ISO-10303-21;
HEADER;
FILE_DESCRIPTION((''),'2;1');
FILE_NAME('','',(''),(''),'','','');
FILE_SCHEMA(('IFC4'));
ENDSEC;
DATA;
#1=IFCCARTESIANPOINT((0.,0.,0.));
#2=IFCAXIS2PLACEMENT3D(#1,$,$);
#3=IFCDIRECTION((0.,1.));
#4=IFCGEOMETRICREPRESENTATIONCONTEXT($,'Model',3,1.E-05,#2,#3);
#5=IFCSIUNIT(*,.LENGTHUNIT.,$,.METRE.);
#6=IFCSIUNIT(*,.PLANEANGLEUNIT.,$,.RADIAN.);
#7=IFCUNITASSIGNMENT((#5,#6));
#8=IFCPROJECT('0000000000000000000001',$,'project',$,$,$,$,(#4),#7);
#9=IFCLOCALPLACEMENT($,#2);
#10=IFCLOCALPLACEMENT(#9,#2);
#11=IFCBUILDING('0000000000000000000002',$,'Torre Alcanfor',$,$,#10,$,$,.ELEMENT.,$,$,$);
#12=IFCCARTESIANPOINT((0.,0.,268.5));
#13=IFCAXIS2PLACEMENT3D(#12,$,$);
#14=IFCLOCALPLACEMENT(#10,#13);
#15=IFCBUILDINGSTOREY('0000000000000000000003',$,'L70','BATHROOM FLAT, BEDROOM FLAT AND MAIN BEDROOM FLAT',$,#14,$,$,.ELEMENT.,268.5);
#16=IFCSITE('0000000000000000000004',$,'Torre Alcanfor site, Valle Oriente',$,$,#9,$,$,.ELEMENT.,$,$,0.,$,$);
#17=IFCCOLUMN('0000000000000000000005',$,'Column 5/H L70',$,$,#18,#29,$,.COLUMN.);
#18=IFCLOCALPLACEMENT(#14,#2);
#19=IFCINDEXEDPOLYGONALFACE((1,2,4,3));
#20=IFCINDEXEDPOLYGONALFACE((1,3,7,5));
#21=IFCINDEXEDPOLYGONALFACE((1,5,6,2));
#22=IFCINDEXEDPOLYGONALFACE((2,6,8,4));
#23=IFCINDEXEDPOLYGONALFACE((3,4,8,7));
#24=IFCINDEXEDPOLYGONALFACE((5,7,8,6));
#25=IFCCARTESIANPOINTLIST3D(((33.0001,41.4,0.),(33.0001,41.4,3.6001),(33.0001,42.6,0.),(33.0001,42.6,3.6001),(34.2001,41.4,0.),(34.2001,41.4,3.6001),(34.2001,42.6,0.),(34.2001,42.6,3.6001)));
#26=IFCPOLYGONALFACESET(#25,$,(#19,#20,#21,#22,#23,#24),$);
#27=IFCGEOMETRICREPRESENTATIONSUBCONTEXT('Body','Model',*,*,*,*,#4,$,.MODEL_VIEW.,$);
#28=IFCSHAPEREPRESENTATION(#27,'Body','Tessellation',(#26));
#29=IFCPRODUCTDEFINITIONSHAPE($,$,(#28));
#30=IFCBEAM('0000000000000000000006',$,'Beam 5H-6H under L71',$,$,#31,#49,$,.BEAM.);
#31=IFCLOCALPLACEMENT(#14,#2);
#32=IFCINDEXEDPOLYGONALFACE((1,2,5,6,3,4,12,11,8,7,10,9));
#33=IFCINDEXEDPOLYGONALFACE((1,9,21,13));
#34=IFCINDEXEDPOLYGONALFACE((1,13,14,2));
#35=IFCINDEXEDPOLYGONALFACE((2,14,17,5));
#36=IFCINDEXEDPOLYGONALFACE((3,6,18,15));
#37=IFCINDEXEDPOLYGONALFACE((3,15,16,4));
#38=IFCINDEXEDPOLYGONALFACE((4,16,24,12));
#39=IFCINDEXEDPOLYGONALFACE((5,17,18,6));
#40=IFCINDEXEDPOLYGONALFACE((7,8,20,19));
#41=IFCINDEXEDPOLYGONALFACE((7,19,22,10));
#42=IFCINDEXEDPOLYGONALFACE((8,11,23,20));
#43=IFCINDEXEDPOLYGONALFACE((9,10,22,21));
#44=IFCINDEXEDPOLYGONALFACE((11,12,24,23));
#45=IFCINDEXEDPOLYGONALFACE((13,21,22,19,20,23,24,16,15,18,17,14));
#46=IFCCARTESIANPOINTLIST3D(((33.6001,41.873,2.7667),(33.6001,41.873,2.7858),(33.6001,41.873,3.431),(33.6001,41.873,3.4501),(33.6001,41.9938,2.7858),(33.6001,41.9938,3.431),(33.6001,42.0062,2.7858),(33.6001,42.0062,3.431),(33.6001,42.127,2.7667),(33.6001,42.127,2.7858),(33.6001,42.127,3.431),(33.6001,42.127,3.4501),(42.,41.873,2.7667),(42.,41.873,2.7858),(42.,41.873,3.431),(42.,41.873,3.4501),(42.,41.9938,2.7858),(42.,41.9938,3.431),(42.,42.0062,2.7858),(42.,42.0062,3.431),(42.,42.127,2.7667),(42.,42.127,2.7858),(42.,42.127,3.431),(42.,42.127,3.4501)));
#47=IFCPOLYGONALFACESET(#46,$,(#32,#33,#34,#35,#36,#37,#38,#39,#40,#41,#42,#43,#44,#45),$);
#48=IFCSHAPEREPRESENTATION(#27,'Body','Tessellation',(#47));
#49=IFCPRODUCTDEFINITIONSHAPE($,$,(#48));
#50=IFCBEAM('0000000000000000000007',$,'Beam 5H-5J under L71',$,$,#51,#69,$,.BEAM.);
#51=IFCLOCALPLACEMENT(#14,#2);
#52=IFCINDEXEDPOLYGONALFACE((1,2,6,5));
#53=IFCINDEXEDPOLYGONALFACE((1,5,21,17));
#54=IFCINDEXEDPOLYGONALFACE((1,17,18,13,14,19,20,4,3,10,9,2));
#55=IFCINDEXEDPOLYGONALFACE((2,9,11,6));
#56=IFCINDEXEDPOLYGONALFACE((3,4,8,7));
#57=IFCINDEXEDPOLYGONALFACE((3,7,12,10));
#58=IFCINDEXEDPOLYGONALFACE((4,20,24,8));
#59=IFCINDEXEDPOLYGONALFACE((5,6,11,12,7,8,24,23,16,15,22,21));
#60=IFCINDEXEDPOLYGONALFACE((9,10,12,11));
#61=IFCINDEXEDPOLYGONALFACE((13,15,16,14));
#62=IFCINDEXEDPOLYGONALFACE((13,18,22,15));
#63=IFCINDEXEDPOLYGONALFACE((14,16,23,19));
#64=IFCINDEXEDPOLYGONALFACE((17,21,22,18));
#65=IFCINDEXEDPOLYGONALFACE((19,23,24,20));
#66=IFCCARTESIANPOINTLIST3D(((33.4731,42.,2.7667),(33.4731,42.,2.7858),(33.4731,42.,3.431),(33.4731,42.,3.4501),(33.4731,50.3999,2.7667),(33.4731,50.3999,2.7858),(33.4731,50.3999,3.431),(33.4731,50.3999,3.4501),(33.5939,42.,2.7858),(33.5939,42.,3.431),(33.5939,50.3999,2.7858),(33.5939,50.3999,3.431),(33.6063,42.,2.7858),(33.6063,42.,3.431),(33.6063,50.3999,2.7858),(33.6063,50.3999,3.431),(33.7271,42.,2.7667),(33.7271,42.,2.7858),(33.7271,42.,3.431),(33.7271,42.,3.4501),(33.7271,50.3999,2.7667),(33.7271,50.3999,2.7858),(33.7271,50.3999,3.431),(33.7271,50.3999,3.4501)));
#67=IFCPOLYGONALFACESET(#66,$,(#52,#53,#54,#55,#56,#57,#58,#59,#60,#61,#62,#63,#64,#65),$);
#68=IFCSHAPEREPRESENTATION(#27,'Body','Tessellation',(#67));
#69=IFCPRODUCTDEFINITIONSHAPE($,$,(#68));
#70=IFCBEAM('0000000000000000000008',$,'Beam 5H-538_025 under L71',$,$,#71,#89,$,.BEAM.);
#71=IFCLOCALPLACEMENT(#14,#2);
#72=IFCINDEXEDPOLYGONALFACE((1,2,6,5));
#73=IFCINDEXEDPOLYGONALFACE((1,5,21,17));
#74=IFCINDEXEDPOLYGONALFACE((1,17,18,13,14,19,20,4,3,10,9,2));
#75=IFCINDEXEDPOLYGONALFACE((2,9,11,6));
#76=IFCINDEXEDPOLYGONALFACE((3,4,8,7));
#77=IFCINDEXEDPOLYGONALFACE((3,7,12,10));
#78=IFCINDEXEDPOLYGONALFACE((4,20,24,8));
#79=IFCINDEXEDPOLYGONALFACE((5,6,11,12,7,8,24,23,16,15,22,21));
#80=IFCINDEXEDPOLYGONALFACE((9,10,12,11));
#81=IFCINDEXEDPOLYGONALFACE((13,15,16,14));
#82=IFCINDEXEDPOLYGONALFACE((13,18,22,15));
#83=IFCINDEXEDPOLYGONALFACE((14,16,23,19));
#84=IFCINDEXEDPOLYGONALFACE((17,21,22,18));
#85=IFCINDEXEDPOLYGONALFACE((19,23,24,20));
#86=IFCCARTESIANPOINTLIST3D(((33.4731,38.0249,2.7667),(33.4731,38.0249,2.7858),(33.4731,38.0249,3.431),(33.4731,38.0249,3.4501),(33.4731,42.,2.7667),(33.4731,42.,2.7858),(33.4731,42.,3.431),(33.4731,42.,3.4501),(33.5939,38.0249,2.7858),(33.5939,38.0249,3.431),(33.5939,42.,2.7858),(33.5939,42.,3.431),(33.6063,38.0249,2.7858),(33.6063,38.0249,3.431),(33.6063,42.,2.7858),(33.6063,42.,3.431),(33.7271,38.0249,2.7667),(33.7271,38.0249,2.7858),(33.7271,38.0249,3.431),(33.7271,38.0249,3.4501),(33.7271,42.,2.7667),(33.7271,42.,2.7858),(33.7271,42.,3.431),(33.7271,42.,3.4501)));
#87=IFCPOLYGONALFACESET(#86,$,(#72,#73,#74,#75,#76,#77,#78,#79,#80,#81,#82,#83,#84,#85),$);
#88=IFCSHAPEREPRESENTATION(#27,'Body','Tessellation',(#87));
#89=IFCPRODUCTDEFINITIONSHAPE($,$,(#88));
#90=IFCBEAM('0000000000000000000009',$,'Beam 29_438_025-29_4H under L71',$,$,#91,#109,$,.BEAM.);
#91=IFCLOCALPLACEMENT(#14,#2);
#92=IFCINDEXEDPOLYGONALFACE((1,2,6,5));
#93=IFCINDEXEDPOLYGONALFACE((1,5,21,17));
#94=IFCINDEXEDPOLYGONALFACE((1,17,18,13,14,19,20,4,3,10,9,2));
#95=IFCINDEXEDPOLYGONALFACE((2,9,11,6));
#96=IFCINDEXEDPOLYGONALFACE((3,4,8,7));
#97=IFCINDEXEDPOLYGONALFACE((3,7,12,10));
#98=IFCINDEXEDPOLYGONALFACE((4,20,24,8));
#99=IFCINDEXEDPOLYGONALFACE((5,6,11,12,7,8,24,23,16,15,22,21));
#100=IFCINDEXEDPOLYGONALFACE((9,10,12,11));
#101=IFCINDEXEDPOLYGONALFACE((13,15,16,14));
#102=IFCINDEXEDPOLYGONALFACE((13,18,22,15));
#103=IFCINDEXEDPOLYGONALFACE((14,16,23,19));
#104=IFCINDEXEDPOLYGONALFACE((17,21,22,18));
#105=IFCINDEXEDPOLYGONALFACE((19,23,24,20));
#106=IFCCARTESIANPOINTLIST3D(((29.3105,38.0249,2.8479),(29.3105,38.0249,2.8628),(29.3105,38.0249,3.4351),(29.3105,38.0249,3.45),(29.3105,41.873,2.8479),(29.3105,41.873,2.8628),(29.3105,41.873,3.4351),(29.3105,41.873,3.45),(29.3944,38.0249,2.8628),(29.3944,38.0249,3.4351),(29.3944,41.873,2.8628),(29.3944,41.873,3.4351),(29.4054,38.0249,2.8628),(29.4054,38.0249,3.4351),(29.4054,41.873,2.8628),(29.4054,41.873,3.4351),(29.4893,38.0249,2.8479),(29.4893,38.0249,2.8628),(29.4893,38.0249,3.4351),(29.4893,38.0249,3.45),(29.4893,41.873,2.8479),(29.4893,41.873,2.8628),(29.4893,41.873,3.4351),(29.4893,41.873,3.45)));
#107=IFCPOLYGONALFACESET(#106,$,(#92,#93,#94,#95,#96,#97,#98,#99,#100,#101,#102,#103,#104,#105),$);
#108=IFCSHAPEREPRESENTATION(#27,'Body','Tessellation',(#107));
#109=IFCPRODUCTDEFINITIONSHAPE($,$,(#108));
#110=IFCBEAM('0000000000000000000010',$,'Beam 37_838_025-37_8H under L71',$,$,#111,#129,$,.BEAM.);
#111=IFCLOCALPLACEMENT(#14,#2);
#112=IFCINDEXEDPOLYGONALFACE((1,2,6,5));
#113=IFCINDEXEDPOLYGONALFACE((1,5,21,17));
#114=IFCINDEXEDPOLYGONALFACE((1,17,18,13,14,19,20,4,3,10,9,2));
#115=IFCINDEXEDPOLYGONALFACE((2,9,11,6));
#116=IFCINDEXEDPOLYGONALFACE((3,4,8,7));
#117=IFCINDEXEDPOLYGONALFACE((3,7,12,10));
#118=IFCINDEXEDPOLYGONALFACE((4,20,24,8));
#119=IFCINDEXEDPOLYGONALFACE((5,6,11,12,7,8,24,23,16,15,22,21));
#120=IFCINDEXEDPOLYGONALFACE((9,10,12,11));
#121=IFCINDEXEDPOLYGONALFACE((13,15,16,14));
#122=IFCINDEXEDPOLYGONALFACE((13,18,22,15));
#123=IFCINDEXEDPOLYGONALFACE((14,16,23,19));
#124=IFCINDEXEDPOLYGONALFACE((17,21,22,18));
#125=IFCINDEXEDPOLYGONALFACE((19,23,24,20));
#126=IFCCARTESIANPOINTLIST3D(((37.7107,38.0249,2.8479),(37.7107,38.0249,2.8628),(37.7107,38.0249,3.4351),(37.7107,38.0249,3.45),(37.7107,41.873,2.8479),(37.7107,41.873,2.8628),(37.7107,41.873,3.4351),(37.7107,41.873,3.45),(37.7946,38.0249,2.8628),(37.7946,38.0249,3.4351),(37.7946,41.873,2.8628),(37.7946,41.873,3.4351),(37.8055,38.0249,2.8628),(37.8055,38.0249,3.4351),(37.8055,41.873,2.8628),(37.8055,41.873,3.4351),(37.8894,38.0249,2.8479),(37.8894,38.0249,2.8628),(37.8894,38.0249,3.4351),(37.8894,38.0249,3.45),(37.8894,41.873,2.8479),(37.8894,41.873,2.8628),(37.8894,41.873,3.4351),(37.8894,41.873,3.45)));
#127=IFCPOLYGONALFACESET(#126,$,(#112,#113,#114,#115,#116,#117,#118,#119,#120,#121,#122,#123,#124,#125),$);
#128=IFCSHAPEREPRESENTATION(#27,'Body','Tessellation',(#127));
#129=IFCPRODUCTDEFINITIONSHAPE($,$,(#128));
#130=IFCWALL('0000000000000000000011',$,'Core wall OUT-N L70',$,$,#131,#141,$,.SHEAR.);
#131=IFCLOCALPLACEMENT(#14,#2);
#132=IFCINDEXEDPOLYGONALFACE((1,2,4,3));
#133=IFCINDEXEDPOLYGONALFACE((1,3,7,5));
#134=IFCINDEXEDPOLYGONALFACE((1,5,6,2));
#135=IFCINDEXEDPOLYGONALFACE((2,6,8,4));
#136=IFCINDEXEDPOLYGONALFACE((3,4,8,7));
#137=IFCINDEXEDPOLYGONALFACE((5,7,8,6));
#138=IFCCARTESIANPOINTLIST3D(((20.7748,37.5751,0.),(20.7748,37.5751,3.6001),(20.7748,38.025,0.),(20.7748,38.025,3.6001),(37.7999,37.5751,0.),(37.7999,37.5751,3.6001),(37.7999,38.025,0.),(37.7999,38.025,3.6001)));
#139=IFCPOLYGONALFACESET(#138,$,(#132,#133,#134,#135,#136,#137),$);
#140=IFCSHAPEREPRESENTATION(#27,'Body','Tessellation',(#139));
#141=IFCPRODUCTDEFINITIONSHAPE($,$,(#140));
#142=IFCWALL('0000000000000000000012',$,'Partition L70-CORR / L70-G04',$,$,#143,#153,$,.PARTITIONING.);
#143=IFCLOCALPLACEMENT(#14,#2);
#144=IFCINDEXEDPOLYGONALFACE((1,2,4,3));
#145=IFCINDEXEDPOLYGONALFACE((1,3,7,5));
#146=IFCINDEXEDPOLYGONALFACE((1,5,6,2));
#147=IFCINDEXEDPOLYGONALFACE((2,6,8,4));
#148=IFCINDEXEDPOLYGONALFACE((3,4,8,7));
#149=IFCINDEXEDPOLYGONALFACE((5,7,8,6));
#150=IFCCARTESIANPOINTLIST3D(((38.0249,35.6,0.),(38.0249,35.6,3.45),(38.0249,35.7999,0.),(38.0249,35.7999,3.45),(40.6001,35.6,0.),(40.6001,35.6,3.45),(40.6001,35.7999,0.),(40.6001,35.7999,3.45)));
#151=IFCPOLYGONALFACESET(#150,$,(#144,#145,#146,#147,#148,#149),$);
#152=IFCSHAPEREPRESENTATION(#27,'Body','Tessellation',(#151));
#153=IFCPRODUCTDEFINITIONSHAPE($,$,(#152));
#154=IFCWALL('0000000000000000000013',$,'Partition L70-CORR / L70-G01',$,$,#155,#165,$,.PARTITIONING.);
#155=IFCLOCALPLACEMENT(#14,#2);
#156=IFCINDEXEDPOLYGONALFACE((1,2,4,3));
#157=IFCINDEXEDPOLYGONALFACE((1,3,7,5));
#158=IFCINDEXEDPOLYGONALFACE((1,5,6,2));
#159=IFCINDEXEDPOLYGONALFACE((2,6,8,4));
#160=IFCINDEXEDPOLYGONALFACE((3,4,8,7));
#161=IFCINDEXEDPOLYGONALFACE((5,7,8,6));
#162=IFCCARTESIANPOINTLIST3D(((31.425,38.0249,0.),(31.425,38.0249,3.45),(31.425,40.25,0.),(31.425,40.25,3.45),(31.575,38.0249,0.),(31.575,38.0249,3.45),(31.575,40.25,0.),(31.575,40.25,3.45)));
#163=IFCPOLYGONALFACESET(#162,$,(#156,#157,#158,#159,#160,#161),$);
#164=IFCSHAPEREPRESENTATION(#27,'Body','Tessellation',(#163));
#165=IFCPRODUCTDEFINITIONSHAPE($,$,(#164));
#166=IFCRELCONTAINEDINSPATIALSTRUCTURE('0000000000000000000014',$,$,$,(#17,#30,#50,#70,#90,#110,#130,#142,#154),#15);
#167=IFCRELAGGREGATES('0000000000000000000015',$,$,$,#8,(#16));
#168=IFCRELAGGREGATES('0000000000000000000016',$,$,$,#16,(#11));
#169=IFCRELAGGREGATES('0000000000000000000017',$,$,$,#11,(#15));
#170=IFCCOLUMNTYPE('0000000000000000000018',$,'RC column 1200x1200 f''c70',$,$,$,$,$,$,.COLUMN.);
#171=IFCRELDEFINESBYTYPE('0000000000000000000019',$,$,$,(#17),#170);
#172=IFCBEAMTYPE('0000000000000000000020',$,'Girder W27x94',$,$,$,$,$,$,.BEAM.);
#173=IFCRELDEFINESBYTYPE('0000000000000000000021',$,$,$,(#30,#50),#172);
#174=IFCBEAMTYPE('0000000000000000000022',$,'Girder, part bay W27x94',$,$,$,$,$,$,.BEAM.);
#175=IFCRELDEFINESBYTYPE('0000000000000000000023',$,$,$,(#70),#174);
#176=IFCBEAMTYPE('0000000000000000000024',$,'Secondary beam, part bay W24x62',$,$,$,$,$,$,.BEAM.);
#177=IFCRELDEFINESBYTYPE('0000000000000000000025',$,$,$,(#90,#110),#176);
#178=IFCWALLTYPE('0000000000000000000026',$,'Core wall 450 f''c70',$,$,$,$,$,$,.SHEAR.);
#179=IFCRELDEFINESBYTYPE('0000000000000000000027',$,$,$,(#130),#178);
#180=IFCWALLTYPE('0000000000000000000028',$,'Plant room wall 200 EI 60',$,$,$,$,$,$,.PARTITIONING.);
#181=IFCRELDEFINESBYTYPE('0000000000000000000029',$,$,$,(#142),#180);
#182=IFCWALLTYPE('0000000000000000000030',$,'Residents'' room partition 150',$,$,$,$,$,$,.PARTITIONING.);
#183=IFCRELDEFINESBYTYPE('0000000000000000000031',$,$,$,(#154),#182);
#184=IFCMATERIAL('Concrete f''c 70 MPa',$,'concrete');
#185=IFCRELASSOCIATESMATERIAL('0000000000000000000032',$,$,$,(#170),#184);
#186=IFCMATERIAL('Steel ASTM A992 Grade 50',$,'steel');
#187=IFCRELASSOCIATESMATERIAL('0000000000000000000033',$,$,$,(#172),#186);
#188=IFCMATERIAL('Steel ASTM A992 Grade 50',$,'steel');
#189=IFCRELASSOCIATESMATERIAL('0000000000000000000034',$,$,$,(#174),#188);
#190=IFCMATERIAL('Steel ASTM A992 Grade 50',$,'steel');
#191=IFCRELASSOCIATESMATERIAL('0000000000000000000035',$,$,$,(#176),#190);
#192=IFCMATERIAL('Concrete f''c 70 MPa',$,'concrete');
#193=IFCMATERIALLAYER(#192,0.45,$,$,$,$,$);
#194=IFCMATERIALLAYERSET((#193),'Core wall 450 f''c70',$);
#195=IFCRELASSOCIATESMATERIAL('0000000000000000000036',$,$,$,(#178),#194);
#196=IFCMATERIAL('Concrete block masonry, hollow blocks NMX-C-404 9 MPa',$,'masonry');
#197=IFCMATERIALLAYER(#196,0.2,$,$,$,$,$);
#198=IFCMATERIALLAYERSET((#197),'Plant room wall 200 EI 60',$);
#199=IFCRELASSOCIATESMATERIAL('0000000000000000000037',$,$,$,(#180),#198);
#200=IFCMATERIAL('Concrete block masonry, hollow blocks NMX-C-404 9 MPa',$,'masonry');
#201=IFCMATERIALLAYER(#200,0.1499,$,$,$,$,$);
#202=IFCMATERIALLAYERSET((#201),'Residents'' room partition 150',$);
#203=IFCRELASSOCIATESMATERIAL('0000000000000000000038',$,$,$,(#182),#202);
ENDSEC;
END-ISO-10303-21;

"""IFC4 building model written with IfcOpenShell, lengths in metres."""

from ifc_helpers import new_model, si_unit, direction, frame, frame_2d, origin, origin_2d, place, context, subcontext, project, spatial, rectangle, i_section, extrude, material, layer, layer_set, material_profile, profile_set, type_object, element, save


model = new_model("IFC4")

# Units and contexts
model_context = context("Model", 3, precision=1e-05, world=origin(), true_north=direction((0.0, 1.0)))
body_context = subcontext(model_context, "Body", "Model", "MODEL_VIEW")
ifc_project = project(units=[si_unit("LENGTHUNIT", "METRE"), si_unit("PLANEANGLEUNIT", "RADIAN")], contexts=[model_context])

# Site, building, storey
site_placement = place(None, origin())
site = spatial("IfcSite", under=ifc_project, at=site_placement, Name="Torre Alcanfor site, Valle Oriente", CompositionType="ELEMENT", RefElevation=0.0)
building_placement = place(site_placement, origin())
building = spatial("IfcBuilding", under=site, at=building_placement, Name="Torre Alcanfor", CompositionType="ELEMENT")
storey_placement = place(building_placement, frame((0.0, 0.0, 268.5)))
storey = spatial("IfcBuildingStorey", under=building, at=storey_placement, Name="L70", Description="BATHROOM FLAT, BEDROOM FLAT AND MAIN BEDROOM FLAT", CompositionType="ELEMENT", Elevation=268.5)

# Column
ifc_material_1 = material(Name="Concrete f'c 70 MPa", Category="concrete")
ifc_material_profile_1 = material_profile(ifc_material_1, rectangle(XDim=1.2, YDim=1.2, at=origin_2d()), Name="1200x1200")
ifc_profile_set_1 = profile_set([ifc_material_profile_1], Name="Concrete f'c 70 MPa")
column_type = type_object("IfcColumnType", Name="RC column 1200x1200 f'c70", PredefinedType="COLUMN", material=ifc_profile_set_1)
column_placement = place(storey_placement, frame((33.6001, 42.0, 0.0), z_axis=(0.0, 0.0, 1.0), x_axis=(1.0, 0.0, 0.0)))
element("IfcColumn", 1, at=column_placement, inside=storey, type_object=column_type, Name="Column 5/H L70", PredefinedType="COLUMN", context=body_context, shape_type="SweptSolid", body=[
    extrude(rectangle(XDim=1.2, YDim=1.2, at=origin_2d()), origin(), (0.0, 0.0, 1.0), 3.6001),
])

# Beams
ifc_material_2 = material(Name="Steel ASTM A992 Grade 50", Category="steel")
ifc_material_profile_2 = material_profile(ifc_material_2, i_section(OverallWidth=0.2539, OverallDepth=0.6833, WebThickness=0.0125, FlangeThickness=0.019, at=origin_2d()), Name="W27x94")
ifc_profile_set_2 = profile_set([ifc_material_profile_2], Name="Steel ASTM A992 Grade 50")
beam_type_1 = type_object("IfcBeamType", Name="Girder W27x94", PredefinedType="BEAM", material=ifc_profile_set_2)
for number, where, z_axis, x_axis, name in (
    (2, (33.6001, 42.0, 3.1084), (1.0, 0.0, 0.0), (0.0, 1.0, 0.0), "Beam 5H-6H under L71"),
    (3, (33.6001, 42.0, 3.1084), (0.0, 1.0, 0.0), (-1.0, 0.0, 0.0), "Beam 5H-5J under L71"),
):
    element("IfcBeam", number, at=place(storey_placement, frame(where, z_axis=z_axis, x_axis=x_axis)), inside=storey, type_object=beam_type_1, Name=name, PredefinedType="BEAM", context=body_context, shape_type="SweptSolid", body=[
        extrude(i_section(OverallWidth=0.2539, OverallDepth=0.6833, WebThickness=0.0125, FlangeThickness=0.019, at=origin_2d()), origin(), (0.0, 0.0, 1.0), 8.3999),
    ])
ifc_material_3 = material(Name="Steel ASTM A992 Grade 50", Category="steel")
ifc_material_profile_3 = material_profile(ifc_material_3, i_section(OverallWidth=0.2539, OverallDepth=0.6833, WebThickness=0.0125, FlangeThickness=0.019, at=origin_2d()), Name="W27x94")
ifc_profile_set_3 = profile_set([ifc_material_profile_3], Name="Steel ASTM A992 Grade 50")
beam_type_2 = type_object("IfcBeamType", Name="Girder, part bay W27x94", PredefinedType="BEAM", material=ifc_profile_set_3)
beam_placement = place(storey_placement, frame((33.6001, 42.0, 3.1084), z_axis=(0.0, -1.0, 0.0), x_axis=(1.0, 0.0, 0.0)))
element("IfcBeam", 4, at=beam_placement, inside=storey, type_object=beam_type_2, Name="Beam 5H-538_025 under L71", PredefinedType="BEAM", context=body_context, shape_type="SweptSolid", body=[
    extrude(i_section(OverallWidth=0.2539, OverallDepth=0.6833, WebThickness=0.0125, FlangeThickness=0.019, at=origin_2d()), origin(), (0.0, 0.0, 1.0), 3.9751),
])
ifc_material_4 = material(Name="Steel ASTM A992 Grade 50", Category="steel")
ifc_material_profile_4 = material_profile(ifc_material_4, i_section(OverallWidth=0.1787, OverallDepth=0.6021, WebThickness=0.011, FlangeThickness=0.0149, at=origin_2d()), Name="W24x62")
ifc_profile_set_4 = profile_set([ifc_material_profile_4], Name="Steel ASTM A992 Grade 50")
beam_type_3 = type_object("IfcBeamType", Name="Secondary beam, part bay W24x62", PredefinedType="BEAM", material=ifc_profile_set_4)
for number, where, z_axis, x_axis, name in (
    (5, (29.3999, 38.0249, 3.1489), (0.0, 1.0, 0.0), (-1.0, 0.0, 0.0), "Beam 29_438_025-29_4H under L71"),
    (6, (37.8, 38.0249, 3.1489), (0.0, 1.0, 0.0), (-1.0, 0.0, 0.0), "Beam 37_838_025-37_8H under L71"),
):
    element("IfcBeam", number, at=place(storey_placement, frame(where, z_axis=z_axis, x_axis=x_axis)), inside=storey, type_object=beam_type_3, Name=name, PredefinedType="BEAM", context=body_context, shape_type="SweptSolid", body=[
        extrude(i_section(OverallWidth=0.1787, OverallDepth=0.6021, WebThickness=0.011, FlangeThickness=0.0149, at=origin_2d()), origin(), (0.0, 0.0, 1.0), 3.8481),
    ])

# Walls
ifc_material_5 = material(Name="Concrete f'c 70 MPa", Category="concrete")
ifc_layer_1 = layer(ifc_material_5, 0.45)
ifc_layer_set_1 = layer_set([ifc_layer_1], Name="Core wall 450 f'c70")
wall_type_1 = type_object("IfcWallType", Name="Core wall 450 f'c70", PredefinedType="SHEAR", material=ifc_layer_set_1)
wall_1_placement = place(storey_placement, frame((37.8, 37.8, 0.0), z_axis=(0.0, 0.0, 1.0), x_axis=(-1.0, 0.0, 0.0)))
element("IfcWall", 7, at=wall_1_placement, inside=storey, type_object=wall_type_1, Name="Core wall OUT-N L70", PredefinedType="SHEAR", context=body_context, shape_type="SweptSolid", body=[
    extrude(rectangle(XDim=17.0251, YDim=0.45, at=frame_2d((8.5127, 0.0))), origin(), (0.0, 0.0, 1.0), 3.6001),
])
ifc_material_6 = material(Name="Concrete block masonry, hollow blocks NMX-C-404 9 MPa", Category="masonry")
ifc_layer_2 = layer(ifc_material_6, 0.2)
ifc_layer_set_2 = layer_set([ifc_layer_2], Name="Plant room wall 200 EI 60")
wall_type_2 = type_object("IfcWallType", Name="Plant room wall 200 EI 60", PredefinedType="PARTITIONING", material=ifc_layer_set_2)
wall_2_placement = place(storey_placement, frame((38.0249, 35.7, 0.0), z_axis=(0.0, 0.0, 1.0), x_axis=(1.0, 0.0, 0.0)))
element("IfcWall", 8, at=wall_2_placement, inside=storey, type_object=wall_type_2, Name="Partition L70-CORR / L70-G04", PredefinedType="PARTITIONING", context=body_context, shape_type="SweptSolid", body=[
    extrude(rectangle(XDim=2.5752, YDim=0.2, at=frame_2d((1.2876, 0.0))), origin(), (0.0, 0.0, 1.0), 3.45),
])
ifc_material_7 = material(Name="Concrete block masonry, hollow blocks NMX-C-404 9 MPa", Category="masonry")
ifc_layer_3 = layer(ifc_material_7, 0.1499)
ifc_layer_set_3 = layer_set([ifc_layer_3], Name="Residents' room partition 150")
wall_type_3 = type_object("IfcWallType", Name="Residents' room partition 150", PredefinedType="PARTITIONING", material=ifc_layer_set_3)
wall_3_placement = place(storey_placement, frame((31.5, 38.0249, 0.0), z_axis=(0.0, 0.0, 1.0), x_axis=(0.0, 1.0, 0.0)))
element("IfcWall", 9, at=wall_3_placement, inside=storey, type_object=wall_type_3, Name="Partition L70-CORR / L70-G01", PredefinedType="PARTITIONING", context=body_context, shape_type="SweptSolid", body=[
    extrude(rectangle(XDim=2.2251, YDim=0.1499, at=frame_2d((1.1125, 0.0))), origin(), (0.0, 0.0, 1.0), 3.45),
])

save(model, "model.ifc")
